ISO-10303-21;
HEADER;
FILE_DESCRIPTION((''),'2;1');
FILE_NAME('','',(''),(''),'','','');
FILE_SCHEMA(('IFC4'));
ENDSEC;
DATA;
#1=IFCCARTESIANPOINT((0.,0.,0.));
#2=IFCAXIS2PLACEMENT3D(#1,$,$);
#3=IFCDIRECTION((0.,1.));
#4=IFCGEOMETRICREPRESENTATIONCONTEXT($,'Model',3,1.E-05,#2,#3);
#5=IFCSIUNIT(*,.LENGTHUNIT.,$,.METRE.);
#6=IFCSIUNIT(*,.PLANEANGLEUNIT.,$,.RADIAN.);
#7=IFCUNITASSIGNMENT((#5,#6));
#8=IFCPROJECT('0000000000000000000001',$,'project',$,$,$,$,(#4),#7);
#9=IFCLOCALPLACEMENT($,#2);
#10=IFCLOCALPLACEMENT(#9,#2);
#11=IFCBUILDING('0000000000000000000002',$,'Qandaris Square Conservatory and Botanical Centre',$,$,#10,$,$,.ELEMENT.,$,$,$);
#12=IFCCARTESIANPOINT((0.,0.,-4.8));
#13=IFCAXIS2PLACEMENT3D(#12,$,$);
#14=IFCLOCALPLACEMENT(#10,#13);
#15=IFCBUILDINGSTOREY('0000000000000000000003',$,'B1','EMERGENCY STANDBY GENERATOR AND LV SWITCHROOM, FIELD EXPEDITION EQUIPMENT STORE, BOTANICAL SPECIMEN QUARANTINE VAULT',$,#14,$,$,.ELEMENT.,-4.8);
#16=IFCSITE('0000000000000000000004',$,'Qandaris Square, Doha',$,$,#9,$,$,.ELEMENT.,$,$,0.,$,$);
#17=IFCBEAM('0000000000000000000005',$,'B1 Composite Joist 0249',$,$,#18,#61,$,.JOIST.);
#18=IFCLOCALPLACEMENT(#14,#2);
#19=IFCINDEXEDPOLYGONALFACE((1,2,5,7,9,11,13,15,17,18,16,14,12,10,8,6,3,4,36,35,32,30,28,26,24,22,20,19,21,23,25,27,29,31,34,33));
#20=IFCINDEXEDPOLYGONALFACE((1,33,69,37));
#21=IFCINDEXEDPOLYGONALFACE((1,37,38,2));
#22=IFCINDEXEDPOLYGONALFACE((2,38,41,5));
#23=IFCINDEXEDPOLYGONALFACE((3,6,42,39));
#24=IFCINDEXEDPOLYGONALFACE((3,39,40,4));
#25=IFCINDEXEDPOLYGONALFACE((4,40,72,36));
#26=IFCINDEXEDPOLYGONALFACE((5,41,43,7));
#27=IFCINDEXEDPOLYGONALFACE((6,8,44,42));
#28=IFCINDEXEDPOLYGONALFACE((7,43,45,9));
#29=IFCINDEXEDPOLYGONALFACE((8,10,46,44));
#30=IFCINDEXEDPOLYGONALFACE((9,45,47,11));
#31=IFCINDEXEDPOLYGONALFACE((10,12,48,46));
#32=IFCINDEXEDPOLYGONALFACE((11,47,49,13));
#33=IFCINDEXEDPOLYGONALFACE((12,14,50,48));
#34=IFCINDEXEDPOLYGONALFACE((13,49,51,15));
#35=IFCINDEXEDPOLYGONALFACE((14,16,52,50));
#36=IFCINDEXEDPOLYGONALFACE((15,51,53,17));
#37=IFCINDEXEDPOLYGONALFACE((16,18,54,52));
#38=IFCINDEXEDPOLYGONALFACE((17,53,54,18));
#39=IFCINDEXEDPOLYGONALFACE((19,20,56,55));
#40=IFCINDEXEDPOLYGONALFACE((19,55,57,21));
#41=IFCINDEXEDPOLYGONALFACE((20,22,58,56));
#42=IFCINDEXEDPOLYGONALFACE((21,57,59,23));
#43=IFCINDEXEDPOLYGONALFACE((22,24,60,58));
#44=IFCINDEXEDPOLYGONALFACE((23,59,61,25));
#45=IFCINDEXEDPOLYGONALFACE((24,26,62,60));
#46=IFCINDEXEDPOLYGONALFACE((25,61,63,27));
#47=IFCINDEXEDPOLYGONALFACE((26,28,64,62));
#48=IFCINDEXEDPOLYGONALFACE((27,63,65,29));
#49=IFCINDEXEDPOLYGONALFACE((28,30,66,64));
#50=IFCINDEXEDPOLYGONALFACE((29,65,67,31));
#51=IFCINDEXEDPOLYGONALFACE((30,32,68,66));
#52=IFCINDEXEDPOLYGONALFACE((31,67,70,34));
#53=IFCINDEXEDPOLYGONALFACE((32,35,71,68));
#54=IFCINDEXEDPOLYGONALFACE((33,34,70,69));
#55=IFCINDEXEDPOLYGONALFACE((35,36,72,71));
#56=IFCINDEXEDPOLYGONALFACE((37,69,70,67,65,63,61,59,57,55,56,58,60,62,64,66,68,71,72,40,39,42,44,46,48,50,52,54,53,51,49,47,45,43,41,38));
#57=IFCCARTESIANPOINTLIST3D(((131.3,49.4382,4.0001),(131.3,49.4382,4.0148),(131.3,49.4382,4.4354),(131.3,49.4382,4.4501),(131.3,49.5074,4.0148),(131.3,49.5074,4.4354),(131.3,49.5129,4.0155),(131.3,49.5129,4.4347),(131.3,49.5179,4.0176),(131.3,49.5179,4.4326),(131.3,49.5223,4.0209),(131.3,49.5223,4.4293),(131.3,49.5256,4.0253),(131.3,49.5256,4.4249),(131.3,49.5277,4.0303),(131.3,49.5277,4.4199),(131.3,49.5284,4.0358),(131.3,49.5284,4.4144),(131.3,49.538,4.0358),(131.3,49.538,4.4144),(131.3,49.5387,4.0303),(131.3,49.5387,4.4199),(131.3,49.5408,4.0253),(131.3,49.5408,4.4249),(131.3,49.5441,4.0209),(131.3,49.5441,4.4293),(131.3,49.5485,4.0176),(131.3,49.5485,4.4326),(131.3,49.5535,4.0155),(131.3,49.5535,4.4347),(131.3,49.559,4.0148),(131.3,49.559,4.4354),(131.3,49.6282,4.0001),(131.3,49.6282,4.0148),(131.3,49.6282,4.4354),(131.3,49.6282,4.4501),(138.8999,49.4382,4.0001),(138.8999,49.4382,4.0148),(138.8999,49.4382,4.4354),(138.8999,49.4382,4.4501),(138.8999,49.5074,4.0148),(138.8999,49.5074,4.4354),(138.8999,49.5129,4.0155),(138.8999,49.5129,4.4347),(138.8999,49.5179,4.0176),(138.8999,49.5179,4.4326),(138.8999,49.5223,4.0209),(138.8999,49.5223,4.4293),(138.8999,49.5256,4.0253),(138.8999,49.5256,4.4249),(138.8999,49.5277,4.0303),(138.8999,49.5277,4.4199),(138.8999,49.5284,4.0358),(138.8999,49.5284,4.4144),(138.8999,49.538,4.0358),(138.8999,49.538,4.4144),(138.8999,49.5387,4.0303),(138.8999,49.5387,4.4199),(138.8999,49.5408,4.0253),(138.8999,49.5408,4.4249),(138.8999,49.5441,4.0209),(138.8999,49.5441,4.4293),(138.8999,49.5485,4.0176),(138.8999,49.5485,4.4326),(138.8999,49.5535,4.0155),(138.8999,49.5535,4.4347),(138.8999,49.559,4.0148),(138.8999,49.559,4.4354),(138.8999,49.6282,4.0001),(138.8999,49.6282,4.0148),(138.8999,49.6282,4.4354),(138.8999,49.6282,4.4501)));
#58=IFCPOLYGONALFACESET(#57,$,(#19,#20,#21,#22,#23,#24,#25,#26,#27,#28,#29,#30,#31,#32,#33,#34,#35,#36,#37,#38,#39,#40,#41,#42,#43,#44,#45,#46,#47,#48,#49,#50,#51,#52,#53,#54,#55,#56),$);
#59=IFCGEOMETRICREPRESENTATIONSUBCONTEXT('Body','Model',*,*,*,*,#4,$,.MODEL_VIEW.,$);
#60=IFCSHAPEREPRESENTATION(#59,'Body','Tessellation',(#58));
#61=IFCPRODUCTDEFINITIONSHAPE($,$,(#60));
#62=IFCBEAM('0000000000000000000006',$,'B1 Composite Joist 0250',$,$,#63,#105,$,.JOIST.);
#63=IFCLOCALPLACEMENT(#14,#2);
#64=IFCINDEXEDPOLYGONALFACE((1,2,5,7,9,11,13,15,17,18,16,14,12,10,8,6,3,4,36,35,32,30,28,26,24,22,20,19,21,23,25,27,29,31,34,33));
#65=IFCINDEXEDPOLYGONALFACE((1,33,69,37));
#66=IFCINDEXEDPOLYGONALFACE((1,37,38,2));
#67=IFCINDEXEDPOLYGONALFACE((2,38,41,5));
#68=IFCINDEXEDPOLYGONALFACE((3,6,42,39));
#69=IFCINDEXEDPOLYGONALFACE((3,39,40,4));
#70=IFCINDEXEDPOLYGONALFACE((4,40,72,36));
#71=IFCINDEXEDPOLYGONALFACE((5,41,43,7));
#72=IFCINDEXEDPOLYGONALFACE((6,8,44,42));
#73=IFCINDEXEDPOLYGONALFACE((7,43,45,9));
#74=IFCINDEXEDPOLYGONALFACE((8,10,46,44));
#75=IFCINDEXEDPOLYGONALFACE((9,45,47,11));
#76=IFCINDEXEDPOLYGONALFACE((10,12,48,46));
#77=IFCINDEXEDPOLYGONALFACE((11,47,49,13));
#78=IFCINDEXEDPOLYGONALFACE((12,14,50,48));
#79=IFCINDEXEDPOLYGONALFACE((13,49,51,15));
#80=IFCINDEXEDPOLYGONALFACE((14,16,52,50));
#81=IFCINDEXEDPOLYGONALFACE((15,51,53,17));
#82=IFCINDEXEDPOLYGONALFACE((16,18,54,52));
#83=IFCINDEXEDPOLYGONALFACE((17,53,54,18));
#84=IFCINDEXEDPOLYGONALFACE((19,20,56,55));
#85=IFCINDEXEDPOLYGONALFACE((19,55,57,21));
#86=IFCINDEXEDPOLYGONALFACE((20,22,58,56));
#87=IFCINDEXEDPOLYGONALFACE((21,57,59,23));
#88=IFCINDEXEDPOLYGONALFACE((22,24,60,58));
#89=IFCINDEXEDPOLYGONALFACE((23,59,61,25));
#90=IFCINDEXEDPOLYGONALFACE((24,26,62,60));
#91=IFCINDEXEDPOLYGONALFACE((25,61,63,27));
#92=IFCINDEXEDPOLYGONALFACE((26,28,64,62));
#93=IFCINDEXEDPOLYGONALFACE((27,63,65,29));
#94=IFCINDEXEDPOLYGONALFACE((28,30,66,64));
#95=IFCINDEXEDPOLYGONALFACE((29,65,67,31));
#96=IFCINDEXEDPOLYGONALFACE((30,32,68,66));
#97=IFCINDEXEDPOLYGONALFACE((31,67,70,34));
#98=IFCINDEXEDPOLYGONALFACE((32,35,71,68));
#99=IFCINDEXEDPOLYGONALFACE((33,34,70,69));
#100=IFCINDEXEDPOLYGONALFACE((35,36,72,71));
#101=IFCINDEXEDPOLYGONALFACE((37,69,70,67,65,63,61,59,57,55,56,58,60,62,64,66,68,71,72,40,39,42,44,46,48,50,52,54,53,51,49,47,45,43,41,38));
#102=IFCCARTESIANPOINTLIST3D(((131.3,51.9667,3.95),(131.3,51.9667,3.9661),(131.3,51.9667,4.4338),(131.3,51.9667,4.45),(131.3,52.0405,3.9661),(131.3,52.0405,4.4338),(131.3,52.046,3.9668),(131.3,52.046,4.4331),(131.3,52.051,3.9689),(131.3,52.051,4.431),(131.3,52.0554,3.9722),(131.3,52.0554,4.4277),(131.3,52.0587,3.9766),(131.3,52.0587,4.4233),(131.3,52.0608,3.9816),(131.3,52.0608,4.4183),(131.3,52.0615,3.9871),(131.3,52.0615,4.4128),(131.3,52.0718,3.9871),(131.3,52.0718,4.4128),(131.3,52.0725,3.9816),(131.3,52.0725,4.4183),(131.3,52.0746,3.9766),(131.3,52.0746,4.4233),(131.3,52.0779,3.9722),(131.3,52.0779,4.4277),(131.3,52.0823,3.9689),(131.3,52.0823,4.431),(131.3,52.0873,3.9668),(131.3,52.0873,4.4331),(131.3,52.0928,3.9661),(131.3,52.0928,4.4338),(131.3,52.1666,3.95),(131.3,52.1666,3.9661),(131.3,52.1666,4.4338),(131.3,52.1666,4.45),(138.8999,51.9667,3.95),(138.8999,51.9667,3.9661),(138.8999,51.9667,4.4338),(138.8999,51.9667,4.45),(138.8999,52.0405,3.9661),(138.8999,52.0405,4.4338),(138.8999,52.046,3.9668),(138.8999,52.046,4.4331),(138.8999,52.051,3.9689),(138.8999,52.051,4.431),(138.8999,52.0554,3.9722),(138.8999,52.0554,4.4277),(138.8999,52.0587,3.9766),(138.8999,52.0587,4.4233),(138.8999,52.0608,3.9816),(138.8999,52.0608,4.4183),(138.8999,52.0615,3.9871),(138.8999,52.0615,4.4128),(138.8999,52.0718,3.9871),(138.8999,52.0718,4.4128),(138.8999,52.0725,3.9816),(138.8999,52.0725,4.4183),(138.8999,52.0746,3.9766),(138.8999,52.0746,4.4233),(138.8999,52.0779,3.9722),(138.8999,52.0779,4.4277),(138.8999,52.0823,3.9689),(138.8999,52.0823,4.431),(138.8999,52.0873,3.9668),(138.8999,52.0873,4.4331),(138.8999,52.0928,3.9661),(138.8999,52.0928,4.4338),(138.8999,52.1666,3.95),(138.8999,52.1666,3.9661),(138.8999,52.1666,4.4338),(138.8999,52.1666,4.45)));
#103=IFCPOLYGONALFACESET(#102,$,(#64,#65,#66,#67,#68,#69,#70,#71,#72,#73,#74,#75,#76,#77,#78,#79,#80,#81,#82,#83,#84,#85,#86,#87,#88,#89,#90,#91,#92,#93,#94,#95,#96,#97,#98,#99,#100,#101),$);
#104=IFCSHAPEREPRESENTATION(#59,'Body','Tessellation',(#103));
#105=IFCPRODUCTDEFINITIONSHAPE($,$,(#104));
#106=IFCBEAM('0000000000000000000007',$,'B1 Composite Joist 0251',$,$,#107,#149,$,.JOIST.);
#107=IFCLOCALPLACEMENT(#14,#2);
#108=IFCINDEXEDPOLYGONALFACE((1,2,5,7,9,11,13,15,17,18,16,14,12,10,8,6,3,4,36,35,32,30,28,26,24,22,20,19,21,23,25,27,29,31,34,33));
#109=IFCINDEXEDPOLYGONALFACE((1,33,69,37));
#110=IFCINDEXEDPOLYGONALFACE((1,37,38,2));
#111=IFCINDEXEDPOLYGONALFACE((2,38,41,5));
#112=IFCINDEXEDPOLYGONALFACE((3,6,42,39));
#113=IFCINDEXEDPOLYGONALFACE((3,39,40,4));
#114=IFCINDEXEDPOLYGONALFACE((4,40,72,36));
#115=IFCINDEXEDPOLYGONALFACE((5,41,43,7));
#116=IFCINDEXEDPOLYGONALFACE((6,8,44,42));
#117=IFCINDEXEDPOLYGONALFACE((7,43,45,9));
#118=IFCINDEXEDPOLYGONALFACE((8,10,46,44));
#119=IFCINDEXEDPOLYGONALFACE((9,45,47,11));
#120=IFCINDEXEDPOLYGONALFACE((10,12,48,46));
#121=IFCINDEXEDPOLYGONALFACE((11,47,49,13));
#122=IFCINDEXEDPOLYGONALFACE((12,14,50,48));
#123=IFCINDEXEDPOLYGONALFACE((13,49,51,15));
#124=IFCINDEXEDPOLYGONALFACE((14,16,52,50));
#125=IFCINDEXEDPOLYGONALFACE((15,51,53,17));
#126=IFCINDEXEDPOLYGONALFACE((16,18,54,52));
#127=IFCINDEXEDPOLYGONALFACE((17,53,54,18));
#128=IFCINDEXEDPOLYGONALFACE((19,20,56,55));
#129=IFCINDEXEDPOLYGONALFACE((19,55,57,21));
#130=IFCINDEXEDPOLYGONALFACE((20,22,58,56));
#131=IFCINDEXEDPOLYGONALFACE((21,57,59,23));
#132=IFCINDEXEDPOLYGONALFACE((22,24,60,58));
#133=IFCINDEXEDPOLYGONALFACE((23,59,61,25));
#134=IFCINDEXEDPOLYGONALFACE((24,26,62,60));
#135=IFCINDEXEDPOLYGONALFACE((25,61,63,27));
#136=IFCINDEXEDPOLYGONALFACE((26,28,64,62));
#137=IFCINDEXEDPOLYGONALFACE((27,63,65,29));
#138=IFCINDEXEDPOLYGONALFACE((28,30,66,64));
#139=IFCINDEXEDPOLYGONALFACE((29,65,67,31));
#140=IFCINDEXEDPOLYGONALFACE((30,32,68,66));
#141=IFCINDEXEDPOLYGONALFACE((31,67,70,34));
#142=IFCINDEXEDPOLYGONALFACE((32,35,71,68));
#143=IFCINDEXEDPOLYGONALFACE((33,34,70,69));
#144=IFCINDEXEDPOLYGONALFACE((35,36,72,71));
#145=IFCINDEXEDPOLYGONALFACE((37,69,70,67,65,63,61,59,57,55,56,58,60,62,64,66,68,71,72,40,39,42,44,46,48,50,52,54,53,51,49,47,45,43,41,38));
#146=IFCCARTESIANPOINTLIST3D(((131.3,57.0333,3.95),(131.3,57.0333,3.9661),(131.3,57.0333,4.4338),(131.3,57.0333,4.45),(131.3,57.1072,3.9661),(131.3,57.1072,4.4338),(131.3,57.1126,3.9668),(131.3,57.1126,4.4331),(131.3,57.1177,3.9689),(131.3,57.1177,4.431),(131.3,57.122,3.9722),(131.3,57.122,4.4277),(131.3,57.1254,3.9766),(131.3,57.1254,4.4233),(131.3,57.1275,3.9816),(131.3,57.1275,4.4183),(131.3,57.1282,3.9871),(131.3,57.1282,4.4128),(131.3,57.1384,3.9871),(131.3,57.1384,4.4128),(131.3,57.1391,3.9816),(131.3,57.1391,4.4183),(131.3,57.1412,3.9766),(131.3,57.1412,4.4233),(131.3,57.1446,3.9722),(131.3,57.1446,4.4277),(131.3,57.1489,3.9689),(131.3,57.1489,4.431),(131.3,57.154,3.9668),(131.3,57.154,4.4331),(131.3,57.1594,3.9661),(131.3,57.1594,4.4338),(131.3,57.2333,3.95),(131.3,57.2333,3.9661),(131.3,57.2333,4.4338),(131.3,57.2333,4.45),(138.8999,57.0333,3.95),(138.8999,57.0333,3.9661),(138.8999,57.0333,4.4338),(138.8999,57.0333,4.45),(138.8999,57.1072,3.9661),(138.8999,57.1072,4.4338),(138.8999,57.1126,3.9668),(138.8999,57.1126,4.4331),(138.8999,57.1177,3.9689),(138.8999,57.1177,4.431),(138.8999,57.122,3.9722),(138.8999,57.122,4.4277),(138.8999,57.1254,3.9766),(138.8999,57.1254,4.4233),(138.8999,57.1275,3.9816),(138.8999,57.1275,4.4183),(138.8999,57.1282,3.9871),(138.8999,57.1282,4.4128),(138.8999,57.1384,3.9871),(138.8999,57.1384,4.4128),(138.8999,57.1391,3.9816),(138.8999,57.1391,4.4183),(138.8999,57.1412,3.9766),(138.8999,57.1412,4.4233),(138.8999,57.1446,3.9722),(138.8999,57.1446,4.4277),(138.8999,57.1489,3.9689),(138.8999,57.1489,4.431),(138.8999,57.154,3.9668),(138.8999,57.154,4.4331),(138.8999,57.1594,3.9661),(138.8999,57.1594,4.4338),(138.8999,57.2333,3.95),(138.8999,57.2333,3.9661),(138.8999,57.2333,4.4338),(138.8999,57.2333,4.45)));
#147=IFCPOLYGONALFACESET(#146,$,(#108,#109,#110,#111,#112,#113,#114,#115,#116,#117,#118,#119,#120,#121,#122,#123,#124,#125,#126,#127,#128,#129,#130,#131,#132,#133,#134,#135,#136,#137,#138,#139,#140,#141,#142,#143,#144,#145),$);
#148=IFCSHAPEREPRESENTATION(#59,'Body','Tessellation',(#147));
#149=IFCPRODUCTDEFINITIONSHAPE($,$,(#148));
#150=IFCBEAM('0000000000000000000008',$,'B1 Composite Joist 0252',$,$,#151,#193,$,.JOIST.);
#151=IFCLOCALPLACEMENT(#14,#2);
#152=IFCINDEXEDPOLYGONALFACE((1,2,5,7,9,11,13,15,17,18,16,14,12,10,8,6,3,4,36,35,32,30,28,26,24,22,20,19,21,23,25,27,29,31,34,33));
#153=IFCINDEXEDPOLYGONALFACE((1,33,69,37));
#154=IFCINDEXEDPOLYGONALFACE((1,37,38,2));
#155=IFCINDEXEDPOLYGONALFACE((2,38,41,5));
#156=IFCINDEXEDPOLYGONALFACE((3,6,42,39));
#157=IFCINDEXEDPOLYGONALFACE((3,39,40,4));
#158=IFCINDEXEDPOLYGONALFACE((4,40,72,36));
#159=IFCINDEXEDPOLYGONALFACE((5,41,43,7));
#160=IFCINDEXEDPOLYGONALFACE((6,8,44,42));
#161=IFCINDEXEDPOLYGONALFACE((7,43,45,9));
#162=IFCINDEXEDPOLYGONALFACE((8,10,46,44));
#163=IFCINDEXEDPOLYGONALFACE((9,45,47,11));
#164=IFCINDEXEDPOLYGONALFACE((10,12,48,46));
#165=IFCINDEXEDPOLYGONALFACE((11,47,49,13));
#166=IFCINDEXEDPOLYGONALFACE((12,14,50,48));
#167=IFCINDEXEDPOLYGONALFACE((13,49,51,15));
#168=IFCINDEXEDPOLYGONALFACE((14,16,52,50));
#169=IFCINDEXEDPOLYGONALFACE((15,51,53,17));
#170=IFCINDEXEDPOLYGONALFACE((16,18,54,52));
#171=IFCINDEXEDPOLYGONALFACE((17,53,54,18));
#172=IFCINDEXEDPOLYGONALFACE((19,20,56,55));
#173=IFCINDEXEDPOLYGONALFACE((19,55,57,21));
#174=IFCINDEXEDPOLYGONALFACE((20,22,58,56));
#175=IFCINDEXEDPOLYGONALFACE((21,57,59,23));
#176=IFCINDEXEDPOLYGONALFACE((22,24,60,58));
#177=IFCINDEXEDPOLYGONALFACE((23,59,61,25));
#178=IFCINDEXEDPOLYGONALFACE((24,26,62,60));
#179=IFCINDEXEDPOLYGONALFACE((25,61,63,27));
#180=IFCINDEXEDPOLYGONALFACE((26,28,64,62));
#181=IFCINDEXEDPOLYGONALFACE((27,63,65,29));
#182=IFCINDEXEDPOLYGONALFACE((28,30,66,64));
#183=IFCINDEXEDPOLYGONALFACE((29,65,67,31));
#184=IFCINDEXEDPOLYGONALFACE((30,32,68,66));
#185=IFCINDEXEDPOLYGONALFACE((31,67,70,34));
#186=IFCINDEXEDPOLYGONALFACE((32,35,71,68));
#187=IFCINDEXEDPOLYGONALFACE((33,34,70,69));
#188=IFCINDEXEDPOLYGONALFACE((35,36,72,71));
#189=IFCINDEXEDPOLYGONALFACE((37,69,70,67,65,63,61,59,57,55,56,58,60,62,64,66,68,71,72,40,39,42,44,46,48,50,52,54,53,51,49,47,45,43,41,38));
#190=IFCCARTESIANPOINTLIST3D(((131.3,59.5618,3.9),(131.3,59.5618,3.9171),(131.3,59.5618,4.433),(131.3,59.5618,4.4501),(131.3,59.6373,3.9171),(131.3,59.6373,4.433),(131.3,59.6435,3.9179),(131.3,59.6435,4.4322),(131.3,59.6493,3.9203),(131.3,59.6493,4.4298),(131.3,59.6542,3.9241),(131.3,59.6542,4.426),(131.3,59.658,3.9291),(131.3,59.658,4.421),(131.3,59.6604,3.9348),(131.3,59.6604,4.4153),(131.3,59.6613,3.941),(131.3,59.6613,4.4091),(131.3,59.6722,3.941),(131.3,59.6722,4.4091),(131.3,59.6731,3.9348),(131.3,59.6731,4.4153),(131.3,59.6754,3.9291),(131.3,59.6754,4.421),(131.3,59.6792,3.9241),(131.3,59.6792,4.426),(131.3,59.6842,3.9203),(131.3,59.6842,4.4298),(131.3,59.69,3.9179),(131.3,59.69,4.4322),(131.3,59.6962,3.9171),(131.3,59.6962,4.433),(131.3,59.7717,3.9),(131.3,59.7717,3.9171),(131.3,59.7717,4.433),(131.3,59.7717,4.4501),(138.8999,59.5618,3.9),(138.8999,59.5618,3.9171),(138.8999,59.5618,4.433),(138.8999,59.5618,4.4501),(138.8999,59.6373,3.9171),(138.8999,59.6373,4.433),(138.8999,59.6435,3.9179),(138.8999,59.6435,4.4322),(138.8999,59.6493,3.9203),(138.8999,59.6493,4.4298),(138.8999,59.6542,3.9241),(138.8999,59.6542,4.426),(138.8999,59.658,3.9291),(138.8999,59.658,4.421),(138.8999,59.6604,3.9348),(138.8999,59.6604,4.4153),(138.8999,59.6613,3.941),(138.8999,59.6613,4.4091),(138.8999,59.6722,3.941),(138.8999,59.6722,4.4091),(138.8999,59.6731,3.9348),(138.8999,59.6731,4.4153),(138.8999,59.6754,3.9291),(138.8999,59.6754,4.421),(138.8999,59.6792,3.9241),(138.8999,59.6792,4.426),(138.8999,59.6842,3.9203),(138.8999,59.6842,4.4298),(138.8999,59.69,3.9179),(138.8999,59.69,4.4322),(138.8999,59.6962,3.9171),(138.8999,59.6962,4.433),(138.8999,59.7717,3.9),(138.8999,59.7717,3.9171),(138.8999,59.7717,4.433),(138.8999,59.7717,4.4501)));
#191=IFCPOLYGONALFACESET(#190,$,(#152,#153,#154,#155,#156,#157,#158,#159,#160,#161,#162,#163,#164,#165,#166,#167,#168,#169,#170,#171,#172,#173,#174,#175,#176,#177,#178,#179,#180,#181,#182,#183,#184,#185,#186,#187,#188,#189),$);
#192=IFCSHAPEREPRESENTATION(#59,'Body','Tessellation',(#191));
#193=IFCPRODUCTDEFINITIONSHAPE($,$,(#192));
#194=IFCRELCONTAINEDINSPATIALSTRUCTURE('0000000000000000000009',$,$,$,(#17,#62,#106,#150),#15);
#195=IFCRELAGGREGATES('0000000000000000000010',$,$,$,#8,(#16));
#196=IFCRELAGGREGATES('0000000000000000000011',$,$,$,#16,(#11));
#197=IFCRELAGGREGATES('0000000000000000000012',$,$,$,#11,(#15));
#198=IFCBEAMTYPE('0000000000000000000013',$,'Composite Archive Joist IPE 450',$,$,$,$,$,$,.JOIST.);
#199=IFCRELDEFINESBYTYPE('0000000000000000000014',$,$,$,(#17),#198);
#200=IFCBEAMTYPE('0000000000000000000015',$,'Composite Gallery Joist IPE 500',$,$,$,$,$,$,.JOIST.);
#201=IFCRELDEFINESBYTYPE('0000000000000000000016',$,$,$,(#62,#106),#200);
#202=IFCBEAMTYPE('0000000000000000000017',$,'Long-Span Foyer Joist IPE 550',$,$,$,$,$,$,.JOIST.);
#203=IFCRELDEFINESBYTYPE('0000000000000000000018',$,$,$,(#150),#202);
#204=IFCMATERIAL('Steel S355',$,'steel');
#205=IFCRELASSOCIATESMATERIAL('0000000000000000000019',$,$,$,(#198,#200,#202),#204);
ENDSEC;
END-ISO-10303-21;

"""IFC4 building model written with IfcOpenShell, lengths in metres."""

from ifc_helpers import new_model, si_unit, direction, frame, origin, origin_2d, place, context, subcontext, project, spatial, i_section, extrude, material, material_profile, profile_set, type_object, element, save


model = new_model("IFC4")

# Units and contexts
model_context = context("Model", 3, precision=1e-05, world=origin(), true_north=direction((0.0, 1.0)))
body_context = subcontext(model_context, "Body", "Model", "MODEL_VIEW")
ifc_project = project(units=[si_unit("LENGTHUNIT", "METRE"), si_unit("PLANEANGLEUNIT", "RADIAN")], contexts=[model_context])

# Site, building, storey
site_placement = place(None, origin())
site = spatial("IfcSite", under=ifc_project, at=site_placement, Name="Qandaris Square, Doha", CompositionType="ELEMENT", RefElevation=0.0)
building_placement = place(site_placement, origin())
building = spatial("IfcBuilding", under=site, at=building_placement, Name="Qandaris Square Conservatory and Botanical Centre", CompositionType="ELEMENT")
storey_placement = place(building_placement, frame((0.0, 0.0, -4.8)))
storey = spatial("IfcBuildingStorey", under=building, at=storey_placement, Name="B1", Description="EMERGENCY STANDBY GENERATOR AND LV SWITCHROOM, FIELD EXPEDITION EQUIPMENT STORE, BOTANICAL SPECIMEN QUARANTINE VAULT", CompositionType="ELEMENT", Elevation=-4.8)

# Beams
ifc_material_1 = material(Name="Steel S355", Category="steel")
ifc_material_profile_1 = material_profile(ifc_material_1, i_section(OverallWidth=0.1899, OverallDepth=0.45, WebThickness=0.0095, FlangeThickness=0.0146, FilletRadius=0.021, at=origin_2d()), Name="IPE 450")
ifc_profile_set_1 = profile_set([ifc_material_profile_1], Name="Steel S355")
beam_type_1 = type_object("IfcBeamType", Name="Composite Archive Joist IPE 450", PredefinedType="JOIST", material=ifc_profile_set_1)
beam_1_placement = place(storey_placement, frame((131.3, 49.5332, 4.2251), z_axis=(1.0, 0.0, 0.0), x_axis=(0.0, 1.0, 0.0)))
element("IfcBeam", 1, at=beam_1_placement, inside=storey, type_object=beam_type_1, Name="B1 Composite Joist 0249", PredefinedType="JOIST", context=body_context, shape_type="SweptSolid", body=[
    extrude(i_section(OverallWidth=0.1899, OverallDepth=0.45, WebThickness=0.0095, FlangeThickness=0.0146, FilletRadius=0.021, at=origin_2d()), origin(), (0.0, 0.0, 1.0), 7.5999),
])
ifc_material_profile_2 = material_profile(ifc_material_1, i_section(OverallWidth=0.2, OverallDepth=0.5, WebThickness=0.0103, FlangeThickness=0.0161, FilletRadius=0.021, at=origin_2d()), Name="IPE 500")
ifc_profile_set_2 = profile_set([ifc_material_profile_2], Name="Steel S355")
beam_type_2 = type_object("IfcBeamType", Name="Composite Gallery Joist IPE 500", PredefinedType="JOIST", material=ifc_profile_set_2)
for number, where, z_axis, x_axis, name in (
    (2, (131.3, 52.0667, 4.2), (1.0, 0.0, 0.0), (0.0, 1.0, 0.0), "B1 Composite Joist 0250"),
    (3, (131.3, 57.1333, 4.2), (1.0, 0.0, 0.0), (0.0, 1.0, 0.0), "B1 Composite Joist 0251"),
):
    element("IfcBeam", number, at=place(storey_placement, frame(where, z_axis=z_axis, x_axis=x_axis)), inside=storey, type_object=beam_type_2, Name=name, PredefinedType="JOIST", context=body_context, shape_type="SweptSolid", body=[
        extrude(i_section(OverallWidth=0.2, OverallDepth=0.5, WebThickness=0.0103, FlangeThickness=0.0161, FilletRadius=0.021, at=origin_2d()), origin(), (0.0, 0.0, 1.0), 7.5999),
    ])
ifc_material_profile_3 = material_profile(ifc_material_1, i_section(OverallWidth=0.21, OverallDepth=0.55, WebThickness=0.011, FlangeThickness=0.0171, FilletRadius=0.0239, at=origin_2d()), Name="IPE 550")
ifc_profile_set_3 = profile_set([ifc_material_profile_3], Name="Steel S355")
beam_type_3 = type_object("IfcBeamType", Name="Long-Span Foyer Joist IPE 550", PredefinedType="JOIST", material=ifc_profile_set_3)
beam_2_placement = place(storey_placement, frame((131.3, 59.6667, 4.175), z_axis=(1.0, 0.0, 0.0), x_axis=(0.0, 1.0, 0.0)))
element("IfcBeam", 4, at=beam_2_placement, inside=storey, type_object=beam_type_3, Name="B1 Composite Joist 0252", PredefinedType="JOIST", context=body_context, shape_type="SweptSolid", body=[
    extrude(i_section(OverallWidth=0.21, OverallDepth=0.55, WebThickness=0.011, FlangeThickness=0.0171, FilletRadius=0.0239, at=origin_2d()), origin(), (0.0, 0.0, 1.0), 7.5999),
])

save(model, "model.ifc")
